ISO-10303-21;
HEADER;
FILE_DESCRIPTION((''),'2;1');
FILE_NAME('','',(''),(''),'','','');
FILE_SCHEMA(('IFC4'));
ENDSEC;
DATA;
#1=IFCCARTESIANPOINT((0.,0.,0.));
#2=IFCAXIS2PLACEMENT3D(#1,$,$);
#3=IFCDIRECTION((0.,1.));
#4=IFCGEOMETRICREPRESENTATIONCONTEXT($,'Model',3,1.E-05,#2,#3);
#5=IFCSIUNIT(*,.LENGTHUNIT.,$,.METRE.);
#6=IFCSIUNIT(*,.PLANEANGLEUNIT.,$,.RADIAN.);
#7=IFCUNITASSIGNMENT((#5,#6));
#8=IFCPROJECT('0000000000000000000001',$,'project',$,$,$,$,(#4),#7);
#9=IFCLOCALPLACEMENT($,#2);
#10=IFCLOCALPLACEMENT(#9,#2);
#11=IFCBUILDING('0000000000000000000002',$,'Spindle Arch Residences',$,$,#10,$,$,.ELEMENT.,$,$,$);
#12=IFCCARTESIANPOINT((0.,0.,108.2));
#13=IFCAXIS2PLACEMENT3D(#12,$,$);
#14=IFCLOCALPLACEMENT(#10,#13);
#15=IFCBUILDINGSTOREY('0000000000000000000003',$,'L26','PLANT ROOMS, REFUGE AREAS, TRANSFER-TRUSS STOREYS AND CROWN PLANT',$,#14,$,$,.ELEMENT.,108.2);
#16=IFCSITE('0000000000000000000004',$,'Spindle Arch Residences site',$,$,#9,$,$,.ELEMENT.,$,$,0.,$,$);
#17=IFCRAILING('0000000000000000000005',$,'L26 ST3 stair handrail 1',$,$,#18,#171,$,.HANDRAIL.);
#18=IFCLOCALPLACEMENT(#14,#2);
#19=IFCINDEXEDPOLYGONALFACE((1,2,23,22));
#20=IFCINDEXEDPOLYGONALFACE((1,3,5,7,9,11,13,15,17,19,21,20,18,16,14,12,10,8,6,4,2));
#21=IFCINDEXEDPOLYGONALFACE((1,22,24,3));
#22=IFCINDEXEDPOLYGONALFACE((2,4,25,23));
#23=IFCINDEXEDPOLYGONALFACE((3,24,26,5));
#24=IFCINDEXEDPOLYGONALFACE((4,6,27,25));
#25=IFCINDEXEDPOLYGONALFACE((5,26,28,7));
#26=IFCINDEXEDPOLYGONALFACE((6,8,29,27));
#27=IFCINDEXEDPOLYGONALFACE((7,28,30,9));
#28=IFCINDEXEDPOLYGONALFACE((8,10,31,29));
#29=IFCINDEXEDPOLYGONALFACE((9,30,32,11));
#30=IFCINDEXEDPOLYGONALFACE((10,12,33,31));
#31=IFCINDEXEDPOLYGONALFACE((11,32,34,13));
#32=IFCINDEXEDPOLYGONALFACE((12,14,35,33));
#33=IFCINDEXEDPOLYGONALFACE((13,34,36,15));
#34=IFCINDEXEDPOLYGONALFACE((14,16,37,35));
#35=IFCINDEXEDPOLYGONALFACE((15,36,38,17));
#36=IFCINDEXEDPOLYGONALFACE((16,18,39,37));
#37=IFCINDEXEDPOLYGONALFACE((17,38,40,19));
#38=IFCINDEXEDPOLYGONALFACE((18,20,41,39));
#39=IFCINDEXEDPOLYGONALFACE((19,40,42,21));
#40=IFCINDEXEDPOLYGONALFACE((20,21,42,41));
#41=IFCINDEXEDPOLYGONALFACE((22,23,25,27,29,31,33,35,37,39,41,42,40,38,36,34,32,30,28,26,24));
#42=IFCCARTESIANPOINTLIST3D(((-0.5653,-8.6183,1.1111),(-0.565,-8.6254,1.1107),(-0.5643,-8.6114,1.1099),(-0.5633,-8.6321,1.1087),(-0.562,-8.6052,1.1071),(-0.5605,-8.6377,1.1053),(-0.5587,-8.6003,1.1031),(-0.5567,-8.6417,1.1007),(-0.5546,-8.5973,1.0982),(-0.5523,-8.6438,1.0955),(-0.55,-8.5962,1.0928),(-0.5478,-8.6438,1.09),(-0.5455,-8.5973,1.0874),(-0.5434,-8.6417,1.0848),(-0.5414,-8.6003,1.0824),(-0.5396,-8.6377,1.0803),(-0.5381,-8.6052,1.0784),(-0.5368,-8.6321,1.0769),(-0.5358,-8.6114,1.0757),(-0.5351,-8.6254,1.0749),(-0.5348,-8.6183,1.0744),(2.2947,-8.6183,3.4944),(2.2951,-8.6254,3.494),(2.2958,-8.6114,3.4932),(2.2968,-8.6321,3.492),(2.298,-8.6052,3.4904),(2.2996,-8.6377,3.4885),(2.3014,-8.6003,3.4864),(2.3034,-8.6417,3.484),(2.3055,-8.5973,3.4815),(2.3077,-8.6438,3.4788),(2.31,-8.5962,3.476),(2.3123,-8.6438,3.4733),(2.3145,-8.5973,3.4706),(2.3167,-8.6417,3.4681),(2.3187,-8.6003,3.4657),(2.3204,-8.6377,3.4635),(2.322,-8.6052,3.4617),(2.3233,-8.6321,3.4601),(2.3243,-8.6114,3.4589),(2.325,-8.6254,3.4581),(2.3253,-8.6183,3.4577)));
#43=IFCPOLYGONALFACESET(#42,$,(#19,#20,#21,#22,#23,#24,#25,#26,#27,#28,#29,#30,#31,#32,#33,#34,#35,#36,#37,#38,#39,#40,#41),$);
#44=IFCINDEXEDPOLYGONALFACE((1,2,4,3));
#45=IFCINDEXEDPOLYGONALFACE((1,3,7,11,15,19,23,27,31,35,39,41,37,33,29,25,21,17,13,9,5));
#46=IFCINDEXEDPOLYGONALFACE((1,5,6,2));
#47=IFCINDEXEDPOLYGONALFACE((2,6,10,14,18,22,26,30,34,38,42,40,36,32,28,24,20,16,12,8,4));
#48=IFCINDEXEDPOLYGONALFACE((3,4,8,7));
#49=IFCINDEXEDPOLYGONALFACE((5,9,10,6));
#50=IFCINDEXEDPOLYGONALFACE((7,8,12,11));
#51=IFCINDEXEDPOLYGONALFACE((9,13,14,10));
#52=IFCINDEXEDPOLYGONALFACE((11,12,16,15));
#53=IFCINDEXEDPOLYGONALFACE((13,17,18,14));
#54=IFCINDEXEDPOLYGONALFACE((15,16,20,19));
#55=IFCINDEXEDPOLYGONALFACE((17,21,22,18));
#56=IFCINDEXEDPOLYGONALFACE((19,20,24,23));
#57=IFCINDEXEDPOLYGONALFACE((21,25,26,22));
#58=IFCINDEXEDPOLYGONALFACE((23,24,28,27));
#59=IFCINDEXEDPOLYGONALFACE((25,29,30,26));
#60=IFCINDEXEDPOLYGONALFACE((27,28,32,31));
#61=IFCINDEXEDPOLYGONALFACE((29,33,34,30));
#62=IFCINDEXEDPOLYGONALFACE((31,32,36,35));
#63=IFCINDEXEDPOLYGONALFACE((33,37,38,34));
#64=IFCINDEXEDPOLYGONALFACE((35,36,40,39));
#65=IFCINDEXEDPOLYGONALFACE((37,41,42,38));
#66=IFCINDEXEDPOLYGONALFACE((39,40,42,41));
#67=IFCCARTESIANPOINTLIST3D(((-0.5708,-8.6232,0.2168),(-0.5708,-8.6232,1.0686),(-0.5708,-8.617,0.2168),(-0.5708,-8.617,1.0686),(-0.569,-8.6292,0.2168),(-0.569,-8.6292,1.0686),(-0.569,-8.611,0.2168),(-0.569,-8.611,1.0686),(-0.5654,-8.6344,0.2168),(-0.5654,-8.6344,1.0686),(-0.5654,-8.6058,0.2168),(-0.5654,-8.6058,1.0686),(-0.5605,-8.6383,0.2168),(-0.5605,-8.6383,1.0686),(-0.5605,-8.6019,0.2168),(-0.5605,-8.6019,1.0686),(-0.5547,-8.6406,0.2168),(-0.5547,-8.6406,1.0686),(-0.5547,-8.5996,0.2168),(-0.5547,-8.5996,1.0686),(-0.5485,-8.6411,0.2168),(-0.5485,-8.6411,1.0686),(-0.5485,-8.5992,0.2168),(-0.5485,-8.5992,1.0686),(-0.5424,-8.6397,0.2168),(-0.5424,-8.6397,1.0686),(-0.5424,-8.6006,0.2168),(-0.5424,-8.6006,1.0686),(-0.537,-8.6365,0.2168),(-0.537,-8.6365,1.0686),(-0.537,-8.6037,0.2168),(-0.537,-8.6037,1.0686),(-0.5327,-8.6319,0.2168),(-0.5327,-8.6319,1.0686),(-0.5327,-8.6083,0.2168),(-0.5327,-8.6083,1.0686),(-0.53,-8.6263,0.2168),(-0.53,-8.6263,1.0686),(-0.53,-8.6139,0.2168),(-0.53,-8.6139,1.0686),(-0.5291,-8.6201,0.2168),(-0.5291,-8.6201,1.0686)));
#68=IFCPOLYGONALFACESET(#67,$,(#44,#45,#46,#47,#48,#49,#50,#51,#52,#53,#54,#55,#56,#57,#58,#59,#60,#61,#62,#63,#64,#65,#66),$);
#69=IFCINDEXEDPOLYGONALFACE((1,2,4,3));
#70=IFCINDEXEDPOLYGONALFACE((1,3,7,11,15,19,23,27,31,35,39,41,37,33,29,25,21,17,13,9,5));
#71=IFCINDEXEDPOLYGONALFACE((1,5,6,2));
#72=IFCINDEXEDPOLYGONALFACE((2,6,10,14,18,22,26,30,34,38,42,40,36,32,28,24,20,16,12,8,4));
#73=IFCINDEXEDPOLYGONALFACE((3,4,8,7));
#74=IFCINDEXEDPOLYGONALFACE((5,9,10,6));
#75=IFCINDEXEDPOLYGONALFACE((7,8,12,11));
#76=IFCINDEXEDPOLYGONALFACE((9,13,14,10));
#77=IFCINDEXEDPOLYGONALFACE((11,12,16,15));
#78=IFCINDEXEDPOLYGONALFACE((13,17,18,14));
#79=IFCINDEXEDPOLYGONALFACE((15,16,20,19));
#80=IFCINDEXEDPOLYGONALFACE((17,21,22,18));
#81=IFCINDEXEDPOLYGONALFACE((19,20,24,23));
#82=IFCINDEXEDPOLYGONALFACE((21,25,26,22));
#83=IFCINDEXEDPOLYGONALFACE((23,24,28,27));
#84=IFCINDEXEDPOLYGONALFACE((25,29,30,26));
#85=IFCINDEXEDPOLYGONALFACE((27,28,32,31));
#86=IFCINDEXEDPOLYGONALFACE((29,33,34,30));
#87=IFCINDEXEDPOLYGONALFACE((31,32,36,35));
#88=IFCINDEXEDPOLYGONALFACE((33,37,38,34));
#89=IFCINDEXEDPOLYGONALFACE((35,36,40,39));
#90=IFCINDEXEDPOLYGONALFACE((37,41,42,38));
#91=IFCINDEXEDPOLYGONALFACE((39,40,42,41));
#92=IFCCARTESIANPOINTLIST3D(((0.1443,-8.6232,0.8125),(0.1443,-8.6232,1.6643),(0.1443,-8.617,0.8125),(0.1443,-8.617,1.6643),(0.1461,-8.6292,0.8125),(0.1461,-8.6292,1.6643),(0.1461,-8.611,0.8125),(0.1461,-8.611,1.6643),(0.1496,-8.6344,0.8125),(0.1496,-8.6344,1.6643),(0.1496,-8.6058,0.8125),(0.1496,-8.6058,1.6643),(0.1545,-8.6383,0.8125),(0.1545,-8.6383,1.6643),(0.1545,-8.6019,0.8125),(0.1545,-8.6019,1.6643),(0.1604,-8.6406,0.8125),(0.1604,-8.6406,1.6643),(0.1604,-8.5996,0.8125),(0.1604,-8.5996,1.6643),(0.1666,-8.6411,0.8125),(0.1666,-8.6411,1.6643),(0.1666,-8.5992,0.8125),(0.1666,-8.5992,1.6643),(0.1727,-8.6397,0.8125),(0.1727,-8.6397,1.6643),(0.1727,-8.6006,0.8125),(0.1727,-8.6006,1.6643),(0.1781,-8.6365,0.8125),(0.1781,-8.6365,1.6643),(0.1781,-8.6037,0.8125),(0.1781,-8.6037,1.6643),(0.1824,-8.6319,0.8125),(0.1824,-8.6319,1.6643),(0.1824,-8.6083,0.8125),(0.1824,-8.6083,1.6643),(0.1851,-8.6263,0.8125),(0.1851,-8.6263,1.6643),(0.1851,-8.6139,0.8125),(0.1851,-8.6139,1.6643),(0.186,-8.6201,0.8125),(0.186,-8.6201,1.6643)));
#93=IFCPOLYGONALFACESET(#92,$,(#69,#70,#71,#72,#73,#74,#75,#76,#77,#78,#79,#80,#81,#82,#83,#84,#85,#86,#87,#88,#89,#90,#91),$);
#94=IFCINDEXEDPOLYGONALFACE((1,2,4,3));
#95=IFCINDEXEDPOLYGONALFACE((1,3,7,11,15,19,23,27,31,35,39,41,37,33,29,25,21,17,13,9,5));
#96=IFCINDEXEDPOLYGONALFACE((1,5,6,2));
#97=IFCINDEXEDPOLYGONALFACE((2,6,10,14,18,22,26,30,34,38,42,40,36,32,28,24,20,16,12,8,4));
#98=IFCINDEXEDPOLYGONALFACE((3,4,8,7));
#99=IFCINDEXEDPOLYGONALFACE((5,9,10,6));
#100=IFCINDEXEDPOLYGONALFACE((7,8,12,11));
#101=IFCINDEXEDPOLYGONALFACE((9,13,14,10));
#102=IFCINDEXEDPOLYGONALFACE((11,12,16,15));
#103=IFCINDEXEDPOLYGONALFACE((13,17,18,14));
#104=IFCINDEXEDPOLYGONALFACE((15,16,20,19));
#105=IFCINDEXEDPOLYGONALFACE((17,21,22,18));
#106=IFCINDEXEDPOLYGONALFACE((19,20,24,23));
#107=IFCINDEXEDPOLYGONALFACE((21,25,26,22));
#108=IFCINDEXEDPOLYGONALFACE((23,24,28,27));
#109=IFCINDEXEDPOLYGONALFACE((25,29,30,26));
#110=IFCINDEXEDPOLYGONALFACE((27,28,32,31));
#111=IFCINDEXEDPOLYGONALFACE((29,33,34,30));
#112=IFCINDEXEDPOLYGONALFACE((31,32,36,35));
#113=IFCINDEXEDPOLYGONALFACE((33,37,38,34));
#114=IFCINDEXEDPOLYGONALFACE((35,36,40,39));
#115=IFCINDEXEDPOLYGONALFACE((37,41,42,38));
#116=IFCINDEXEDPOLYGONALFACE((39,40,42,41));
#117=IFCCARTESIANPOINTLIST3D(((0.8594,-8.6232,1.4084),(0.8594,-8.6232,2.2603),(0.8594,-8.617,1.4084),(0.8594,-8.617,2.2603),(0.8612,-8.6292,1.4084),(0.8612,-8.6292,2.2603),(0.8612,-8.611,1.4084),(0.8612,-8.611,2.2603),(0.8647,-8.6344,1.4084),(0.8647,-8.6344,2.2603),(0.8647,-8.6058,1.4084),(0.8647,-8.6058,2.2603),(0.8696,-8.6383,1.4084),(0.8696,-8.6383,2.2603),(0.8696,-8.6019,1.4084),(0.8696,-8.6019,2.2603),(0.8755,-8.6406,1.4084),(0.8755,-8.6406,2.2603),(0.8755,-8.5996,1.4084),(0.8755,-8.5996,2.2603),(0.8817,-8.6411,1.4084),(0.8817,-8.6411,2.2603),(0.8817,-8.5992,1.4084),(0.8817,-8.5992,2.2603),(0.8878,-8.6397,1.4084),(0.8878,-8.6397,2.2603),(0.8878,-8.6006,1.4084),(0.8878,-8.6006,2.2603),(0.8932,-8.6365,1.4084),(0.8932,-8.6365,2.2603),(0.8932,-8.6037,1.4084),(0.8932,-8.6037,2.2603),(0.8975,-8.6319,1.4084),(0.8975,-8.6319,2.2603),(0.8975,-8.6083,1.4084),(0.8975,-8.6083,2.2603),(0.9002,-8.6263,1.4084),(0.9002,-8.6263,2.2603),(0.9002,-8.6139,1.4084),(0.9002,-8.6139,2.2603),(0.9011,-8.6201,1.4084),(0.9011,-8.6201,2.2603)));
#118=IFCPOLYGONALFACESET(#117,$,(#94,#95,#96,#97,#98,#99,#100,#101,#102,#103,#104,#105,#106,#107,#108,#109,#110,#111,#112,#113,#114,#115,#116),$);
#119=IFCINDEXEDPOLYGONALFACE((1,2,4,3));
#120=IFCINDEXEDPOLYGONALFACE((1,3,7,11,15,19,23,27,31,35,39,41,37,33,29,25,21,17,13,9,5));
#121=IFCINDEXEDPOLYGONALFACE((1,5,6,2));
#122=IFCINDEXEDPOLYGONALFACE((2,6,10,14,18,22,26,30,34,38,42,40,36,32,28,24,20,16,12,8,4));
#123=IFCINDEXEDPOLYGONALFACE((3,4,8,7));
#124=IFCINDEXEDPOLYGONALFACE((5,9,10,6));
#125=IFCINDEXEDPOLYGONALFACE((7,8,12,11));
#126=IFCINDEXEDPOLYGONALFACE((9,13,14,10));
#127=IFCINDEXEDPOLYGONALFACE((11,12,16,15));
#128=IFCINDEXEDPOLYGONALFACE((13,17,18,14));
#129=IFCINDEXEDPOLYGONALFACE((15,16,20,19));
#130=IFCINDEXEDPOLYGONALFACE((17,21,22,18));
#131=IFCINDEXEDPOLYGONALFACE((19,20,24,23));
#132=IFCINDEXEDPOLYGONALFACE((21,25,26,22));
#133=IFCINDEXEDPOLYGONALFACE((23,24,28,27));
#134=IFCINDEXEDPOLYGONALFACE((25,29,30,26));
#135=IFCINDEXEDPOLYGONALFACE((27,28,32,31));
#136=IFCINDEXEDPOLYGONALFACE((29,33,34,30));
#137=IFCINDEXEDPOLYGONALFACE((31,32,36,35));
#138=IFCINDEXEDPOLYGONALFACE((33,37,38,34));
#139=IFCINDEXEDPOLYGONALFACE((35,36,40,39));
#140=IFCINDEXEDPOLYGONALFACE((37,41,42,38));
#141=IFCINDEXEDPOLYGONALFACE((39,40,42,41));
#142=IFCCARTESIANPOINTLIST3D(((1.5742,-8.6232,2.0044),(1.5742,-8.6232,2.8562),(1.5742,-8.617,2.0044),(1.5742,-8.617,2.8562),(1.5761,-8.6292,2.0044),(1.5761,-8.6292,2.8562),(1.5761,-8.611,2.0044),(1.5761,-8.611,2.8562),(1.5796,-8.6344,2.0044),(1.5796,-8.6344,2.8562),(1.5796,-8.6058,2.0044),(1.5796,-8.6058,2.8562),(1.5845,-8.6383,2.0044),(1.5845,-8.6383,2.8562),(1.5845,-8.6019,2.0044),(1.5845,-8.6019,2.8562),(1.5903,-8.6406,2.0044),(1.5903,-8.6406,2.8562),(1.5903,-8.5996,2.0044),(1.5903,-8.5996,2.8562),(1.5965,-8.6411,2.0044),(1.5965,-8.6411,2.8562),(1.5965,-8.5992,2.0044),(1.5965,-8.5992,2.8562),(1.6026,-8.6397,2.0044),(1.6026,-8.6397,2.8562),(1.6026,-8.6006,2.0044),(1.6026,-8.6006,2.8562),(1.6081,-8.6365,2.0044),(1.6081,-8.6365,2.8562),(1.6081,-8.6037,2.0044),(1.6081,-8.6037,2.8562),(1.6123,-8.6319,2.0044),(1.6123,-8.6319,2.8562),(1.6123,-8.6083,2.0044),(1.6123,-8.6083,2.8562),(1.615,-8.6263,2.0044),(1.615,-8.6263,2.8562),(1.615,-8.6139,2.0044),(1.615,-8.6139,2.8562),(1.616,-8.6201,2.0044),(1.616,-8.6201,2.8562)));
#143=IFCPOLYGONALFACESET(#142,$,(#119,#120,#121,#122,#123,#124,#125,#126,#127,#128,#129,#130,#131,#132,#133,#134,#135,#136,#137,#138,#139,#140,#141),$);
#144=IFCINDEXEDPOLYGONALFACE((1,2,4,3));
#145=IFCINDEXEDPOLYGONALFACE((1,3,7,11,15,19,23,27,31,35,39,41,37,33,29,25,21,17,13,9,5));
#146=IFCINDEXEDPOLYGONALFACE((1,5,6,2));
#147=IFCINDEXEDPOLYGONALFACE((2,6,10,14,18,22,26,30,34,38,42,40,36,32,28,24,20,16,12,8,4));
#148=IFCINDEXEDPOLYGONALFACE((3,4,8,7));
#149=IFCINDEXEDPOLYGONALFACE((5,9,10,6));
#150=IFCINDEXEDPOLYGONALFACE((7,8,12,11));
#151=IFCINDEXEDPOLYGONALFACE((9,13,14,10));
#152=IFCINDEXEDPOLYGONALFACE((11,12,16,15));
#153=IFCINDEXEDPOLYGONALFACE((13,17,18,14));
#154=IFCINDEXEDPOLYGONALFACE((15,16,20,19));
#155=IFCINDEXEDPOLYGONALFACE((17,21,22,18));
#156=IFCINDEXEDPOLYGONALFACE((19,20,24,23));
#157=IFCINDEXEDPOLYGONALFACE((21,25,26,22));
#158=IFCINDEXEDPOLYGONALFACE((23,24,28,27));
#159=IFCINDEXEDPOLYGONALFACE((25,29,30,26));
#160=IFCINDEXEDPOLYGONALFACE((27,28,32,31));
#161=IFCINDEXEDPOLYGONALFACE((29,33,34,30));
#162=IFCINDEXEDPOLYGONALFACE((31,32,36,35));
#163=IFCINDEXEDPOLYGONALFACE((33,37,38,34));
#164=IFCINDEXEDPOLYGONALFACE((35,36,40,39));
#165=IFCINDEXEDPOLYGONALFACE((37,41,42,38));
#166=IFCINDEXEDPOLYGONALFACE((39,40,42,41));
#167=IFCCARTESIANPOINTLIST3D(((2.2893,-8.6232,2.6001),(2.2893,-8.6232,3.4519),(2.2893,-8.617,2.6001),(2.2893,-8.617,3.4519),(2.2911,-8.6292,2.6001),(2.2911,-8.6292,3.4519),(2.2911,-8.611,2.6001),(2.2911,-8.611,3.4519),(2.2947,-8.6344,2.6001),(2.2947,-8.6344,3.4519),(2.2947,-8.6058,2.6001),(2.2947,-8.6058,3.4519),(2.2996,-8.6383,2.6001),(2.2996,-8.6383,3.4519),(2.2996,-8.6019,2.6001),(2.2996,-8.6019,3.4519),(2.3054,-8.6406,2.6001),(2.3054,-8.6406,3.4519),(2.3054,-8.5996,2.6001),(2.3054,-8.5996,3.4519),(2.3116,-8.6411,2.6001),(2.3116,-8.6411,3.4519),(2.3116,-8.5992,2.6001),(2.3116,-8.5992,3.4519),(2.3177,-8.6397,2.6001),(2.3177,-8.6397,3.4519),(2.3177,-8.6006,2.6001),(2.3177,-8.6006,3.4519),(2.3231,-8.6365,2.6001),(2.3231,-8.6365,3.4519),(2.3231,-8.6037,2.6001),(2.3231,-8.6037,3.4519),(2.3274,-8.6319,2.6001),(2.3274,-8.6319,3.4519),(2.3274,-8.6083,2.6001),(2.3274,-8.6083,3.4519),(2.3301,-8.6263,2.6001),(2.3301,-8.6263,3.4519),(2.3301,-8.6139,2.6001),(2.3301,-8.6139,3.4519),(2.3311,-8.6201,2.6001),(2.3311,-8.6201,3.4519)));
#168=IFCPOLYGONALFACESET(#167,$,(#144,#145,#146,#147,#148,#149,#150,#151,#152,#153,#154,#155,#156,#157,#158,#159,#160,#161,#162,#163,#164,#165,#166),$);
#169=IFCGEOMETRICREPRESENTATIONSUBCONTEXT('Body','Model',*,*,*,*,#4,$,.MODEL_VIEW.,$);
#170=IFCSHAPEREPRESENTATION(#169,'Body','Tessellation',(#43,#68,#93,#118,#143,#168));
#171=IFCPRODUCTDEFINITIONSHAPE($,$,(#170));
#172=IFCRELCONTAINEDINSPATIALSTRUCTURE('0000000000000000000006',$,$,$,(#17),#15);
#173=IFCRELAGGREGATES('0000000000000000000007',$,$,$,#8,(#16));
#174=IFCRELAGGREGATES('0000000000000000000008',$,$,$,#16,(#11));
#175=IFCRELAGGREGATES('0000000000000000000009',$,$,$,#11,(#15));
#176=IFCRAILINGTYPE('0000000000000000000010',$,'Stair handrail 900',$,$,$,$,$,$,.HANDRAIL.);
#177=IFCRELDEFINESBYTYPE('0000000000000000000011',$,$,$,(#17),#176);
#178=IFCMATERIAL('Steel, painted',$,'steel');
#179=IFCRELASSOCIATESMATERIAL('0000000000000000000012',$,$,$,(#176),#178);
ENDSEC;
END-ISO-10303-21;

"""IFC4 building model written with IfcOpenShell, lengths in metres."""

from ifc_helpers import new_model, si_unit, direction, frame, origin, origin_2d, place, context, subcontext, project, spatial, circle, extrude, material, type_object, element, save


model = new_model("IFC4")

# Units and contexts
model_context = context("Model", 3, precision=1e-05, world=origin(), true_north=direction((0.0, 1.0)))
body_context = subcontext(model_context, "Body", "Model", "MODEL_VIEW")
ifc_project = project(units=[si_unit("LENGTHUNIT", "METRE"), si_unit("PLANEANGLEUNIT", "RADIAN")], contexts=[model_context])

# Site, building, storey
site_placement = place(None, origin())
site = spatial("IfcSite", under=ifc_project, at=site_placement, Name="Spindle Arch Residences site", CompositionType="ELEMENT", RefElevation=0.0)
building_placement = place(site_placement, origin())
building = spatial("IfcBuilding", under=site, at=building_placement, Name="Spindle Arch Residences", CompositionType="ELEMENT")
storey_placement = place(building_placement, frame((0.0, 0.0, 108.2)))
storey = spatial("IfcBuildingStorey", under=building, at=storey_placement, Name="L26", Description="PLANT ROOMS, REFUGE AREAS, TRANSFER-TRUSS STOREYS AND CROWN PLANT", CompositionType="ELEMENT", Elevation=108.2)

# Railing
ifc_material_1 = material(Name="Steel, painted", Category="steel")
railing_type_1 = type_object("IfcRailingType", Name="Stair handrail 900", PredefinedType="HANDRAIL", material=ifc_material_1)
railing_1_placement = place(storey_placement, frame((-0.55, -8.6201, 0.2168)))
element("IfcRailing", 1, at=railing_1_placement, inside=storey, type_object=railing_type_1, Name="L26 ST3 stair handrail 1", PredefinedType="HANDRAIL", context=body_context, shape_type="SweptSolid", body=[
    extrude(circle(Radius=0.0239, at=origin_2d()), frame((0.0, 0.0, 0.876), z_axis=(0.768237, 0.0, 0.640165), x_axis=(0.0, 1.0, 0.0)), (0.0, 0.0, 1.0), 3.7229),
    extrude(circle(Radius=0.021, at=origin_2d()), origin(), (0.0, 0.0, 1.0), 0.8518),
    extrude(circle(Radius=0.021, at=origin_2d()), frame((0.7151, 0.0, 0.5957)), (0.0, 0.0, 1.0), 0.8518),
    extrude(circle(Radius=0.021, at=origin_2d()), frame((1.4302, 0.0, 1.1917)), (0.0, 0.0, 1.0), 0.8518),
    extrude(circle(Radius=0.021, at=origin_2d()), frame((2.145, 0.0, 1.7876)), (0.0, 0.0, 1.0), 0.8518),
    extrude(circle(Radius=0.021, at=origin_2d()), frame((2.8601, 0.0, 2.3833)), (0.0, 0.0, 1.0), 0.8518),
])

save(model, "model.ifc")
